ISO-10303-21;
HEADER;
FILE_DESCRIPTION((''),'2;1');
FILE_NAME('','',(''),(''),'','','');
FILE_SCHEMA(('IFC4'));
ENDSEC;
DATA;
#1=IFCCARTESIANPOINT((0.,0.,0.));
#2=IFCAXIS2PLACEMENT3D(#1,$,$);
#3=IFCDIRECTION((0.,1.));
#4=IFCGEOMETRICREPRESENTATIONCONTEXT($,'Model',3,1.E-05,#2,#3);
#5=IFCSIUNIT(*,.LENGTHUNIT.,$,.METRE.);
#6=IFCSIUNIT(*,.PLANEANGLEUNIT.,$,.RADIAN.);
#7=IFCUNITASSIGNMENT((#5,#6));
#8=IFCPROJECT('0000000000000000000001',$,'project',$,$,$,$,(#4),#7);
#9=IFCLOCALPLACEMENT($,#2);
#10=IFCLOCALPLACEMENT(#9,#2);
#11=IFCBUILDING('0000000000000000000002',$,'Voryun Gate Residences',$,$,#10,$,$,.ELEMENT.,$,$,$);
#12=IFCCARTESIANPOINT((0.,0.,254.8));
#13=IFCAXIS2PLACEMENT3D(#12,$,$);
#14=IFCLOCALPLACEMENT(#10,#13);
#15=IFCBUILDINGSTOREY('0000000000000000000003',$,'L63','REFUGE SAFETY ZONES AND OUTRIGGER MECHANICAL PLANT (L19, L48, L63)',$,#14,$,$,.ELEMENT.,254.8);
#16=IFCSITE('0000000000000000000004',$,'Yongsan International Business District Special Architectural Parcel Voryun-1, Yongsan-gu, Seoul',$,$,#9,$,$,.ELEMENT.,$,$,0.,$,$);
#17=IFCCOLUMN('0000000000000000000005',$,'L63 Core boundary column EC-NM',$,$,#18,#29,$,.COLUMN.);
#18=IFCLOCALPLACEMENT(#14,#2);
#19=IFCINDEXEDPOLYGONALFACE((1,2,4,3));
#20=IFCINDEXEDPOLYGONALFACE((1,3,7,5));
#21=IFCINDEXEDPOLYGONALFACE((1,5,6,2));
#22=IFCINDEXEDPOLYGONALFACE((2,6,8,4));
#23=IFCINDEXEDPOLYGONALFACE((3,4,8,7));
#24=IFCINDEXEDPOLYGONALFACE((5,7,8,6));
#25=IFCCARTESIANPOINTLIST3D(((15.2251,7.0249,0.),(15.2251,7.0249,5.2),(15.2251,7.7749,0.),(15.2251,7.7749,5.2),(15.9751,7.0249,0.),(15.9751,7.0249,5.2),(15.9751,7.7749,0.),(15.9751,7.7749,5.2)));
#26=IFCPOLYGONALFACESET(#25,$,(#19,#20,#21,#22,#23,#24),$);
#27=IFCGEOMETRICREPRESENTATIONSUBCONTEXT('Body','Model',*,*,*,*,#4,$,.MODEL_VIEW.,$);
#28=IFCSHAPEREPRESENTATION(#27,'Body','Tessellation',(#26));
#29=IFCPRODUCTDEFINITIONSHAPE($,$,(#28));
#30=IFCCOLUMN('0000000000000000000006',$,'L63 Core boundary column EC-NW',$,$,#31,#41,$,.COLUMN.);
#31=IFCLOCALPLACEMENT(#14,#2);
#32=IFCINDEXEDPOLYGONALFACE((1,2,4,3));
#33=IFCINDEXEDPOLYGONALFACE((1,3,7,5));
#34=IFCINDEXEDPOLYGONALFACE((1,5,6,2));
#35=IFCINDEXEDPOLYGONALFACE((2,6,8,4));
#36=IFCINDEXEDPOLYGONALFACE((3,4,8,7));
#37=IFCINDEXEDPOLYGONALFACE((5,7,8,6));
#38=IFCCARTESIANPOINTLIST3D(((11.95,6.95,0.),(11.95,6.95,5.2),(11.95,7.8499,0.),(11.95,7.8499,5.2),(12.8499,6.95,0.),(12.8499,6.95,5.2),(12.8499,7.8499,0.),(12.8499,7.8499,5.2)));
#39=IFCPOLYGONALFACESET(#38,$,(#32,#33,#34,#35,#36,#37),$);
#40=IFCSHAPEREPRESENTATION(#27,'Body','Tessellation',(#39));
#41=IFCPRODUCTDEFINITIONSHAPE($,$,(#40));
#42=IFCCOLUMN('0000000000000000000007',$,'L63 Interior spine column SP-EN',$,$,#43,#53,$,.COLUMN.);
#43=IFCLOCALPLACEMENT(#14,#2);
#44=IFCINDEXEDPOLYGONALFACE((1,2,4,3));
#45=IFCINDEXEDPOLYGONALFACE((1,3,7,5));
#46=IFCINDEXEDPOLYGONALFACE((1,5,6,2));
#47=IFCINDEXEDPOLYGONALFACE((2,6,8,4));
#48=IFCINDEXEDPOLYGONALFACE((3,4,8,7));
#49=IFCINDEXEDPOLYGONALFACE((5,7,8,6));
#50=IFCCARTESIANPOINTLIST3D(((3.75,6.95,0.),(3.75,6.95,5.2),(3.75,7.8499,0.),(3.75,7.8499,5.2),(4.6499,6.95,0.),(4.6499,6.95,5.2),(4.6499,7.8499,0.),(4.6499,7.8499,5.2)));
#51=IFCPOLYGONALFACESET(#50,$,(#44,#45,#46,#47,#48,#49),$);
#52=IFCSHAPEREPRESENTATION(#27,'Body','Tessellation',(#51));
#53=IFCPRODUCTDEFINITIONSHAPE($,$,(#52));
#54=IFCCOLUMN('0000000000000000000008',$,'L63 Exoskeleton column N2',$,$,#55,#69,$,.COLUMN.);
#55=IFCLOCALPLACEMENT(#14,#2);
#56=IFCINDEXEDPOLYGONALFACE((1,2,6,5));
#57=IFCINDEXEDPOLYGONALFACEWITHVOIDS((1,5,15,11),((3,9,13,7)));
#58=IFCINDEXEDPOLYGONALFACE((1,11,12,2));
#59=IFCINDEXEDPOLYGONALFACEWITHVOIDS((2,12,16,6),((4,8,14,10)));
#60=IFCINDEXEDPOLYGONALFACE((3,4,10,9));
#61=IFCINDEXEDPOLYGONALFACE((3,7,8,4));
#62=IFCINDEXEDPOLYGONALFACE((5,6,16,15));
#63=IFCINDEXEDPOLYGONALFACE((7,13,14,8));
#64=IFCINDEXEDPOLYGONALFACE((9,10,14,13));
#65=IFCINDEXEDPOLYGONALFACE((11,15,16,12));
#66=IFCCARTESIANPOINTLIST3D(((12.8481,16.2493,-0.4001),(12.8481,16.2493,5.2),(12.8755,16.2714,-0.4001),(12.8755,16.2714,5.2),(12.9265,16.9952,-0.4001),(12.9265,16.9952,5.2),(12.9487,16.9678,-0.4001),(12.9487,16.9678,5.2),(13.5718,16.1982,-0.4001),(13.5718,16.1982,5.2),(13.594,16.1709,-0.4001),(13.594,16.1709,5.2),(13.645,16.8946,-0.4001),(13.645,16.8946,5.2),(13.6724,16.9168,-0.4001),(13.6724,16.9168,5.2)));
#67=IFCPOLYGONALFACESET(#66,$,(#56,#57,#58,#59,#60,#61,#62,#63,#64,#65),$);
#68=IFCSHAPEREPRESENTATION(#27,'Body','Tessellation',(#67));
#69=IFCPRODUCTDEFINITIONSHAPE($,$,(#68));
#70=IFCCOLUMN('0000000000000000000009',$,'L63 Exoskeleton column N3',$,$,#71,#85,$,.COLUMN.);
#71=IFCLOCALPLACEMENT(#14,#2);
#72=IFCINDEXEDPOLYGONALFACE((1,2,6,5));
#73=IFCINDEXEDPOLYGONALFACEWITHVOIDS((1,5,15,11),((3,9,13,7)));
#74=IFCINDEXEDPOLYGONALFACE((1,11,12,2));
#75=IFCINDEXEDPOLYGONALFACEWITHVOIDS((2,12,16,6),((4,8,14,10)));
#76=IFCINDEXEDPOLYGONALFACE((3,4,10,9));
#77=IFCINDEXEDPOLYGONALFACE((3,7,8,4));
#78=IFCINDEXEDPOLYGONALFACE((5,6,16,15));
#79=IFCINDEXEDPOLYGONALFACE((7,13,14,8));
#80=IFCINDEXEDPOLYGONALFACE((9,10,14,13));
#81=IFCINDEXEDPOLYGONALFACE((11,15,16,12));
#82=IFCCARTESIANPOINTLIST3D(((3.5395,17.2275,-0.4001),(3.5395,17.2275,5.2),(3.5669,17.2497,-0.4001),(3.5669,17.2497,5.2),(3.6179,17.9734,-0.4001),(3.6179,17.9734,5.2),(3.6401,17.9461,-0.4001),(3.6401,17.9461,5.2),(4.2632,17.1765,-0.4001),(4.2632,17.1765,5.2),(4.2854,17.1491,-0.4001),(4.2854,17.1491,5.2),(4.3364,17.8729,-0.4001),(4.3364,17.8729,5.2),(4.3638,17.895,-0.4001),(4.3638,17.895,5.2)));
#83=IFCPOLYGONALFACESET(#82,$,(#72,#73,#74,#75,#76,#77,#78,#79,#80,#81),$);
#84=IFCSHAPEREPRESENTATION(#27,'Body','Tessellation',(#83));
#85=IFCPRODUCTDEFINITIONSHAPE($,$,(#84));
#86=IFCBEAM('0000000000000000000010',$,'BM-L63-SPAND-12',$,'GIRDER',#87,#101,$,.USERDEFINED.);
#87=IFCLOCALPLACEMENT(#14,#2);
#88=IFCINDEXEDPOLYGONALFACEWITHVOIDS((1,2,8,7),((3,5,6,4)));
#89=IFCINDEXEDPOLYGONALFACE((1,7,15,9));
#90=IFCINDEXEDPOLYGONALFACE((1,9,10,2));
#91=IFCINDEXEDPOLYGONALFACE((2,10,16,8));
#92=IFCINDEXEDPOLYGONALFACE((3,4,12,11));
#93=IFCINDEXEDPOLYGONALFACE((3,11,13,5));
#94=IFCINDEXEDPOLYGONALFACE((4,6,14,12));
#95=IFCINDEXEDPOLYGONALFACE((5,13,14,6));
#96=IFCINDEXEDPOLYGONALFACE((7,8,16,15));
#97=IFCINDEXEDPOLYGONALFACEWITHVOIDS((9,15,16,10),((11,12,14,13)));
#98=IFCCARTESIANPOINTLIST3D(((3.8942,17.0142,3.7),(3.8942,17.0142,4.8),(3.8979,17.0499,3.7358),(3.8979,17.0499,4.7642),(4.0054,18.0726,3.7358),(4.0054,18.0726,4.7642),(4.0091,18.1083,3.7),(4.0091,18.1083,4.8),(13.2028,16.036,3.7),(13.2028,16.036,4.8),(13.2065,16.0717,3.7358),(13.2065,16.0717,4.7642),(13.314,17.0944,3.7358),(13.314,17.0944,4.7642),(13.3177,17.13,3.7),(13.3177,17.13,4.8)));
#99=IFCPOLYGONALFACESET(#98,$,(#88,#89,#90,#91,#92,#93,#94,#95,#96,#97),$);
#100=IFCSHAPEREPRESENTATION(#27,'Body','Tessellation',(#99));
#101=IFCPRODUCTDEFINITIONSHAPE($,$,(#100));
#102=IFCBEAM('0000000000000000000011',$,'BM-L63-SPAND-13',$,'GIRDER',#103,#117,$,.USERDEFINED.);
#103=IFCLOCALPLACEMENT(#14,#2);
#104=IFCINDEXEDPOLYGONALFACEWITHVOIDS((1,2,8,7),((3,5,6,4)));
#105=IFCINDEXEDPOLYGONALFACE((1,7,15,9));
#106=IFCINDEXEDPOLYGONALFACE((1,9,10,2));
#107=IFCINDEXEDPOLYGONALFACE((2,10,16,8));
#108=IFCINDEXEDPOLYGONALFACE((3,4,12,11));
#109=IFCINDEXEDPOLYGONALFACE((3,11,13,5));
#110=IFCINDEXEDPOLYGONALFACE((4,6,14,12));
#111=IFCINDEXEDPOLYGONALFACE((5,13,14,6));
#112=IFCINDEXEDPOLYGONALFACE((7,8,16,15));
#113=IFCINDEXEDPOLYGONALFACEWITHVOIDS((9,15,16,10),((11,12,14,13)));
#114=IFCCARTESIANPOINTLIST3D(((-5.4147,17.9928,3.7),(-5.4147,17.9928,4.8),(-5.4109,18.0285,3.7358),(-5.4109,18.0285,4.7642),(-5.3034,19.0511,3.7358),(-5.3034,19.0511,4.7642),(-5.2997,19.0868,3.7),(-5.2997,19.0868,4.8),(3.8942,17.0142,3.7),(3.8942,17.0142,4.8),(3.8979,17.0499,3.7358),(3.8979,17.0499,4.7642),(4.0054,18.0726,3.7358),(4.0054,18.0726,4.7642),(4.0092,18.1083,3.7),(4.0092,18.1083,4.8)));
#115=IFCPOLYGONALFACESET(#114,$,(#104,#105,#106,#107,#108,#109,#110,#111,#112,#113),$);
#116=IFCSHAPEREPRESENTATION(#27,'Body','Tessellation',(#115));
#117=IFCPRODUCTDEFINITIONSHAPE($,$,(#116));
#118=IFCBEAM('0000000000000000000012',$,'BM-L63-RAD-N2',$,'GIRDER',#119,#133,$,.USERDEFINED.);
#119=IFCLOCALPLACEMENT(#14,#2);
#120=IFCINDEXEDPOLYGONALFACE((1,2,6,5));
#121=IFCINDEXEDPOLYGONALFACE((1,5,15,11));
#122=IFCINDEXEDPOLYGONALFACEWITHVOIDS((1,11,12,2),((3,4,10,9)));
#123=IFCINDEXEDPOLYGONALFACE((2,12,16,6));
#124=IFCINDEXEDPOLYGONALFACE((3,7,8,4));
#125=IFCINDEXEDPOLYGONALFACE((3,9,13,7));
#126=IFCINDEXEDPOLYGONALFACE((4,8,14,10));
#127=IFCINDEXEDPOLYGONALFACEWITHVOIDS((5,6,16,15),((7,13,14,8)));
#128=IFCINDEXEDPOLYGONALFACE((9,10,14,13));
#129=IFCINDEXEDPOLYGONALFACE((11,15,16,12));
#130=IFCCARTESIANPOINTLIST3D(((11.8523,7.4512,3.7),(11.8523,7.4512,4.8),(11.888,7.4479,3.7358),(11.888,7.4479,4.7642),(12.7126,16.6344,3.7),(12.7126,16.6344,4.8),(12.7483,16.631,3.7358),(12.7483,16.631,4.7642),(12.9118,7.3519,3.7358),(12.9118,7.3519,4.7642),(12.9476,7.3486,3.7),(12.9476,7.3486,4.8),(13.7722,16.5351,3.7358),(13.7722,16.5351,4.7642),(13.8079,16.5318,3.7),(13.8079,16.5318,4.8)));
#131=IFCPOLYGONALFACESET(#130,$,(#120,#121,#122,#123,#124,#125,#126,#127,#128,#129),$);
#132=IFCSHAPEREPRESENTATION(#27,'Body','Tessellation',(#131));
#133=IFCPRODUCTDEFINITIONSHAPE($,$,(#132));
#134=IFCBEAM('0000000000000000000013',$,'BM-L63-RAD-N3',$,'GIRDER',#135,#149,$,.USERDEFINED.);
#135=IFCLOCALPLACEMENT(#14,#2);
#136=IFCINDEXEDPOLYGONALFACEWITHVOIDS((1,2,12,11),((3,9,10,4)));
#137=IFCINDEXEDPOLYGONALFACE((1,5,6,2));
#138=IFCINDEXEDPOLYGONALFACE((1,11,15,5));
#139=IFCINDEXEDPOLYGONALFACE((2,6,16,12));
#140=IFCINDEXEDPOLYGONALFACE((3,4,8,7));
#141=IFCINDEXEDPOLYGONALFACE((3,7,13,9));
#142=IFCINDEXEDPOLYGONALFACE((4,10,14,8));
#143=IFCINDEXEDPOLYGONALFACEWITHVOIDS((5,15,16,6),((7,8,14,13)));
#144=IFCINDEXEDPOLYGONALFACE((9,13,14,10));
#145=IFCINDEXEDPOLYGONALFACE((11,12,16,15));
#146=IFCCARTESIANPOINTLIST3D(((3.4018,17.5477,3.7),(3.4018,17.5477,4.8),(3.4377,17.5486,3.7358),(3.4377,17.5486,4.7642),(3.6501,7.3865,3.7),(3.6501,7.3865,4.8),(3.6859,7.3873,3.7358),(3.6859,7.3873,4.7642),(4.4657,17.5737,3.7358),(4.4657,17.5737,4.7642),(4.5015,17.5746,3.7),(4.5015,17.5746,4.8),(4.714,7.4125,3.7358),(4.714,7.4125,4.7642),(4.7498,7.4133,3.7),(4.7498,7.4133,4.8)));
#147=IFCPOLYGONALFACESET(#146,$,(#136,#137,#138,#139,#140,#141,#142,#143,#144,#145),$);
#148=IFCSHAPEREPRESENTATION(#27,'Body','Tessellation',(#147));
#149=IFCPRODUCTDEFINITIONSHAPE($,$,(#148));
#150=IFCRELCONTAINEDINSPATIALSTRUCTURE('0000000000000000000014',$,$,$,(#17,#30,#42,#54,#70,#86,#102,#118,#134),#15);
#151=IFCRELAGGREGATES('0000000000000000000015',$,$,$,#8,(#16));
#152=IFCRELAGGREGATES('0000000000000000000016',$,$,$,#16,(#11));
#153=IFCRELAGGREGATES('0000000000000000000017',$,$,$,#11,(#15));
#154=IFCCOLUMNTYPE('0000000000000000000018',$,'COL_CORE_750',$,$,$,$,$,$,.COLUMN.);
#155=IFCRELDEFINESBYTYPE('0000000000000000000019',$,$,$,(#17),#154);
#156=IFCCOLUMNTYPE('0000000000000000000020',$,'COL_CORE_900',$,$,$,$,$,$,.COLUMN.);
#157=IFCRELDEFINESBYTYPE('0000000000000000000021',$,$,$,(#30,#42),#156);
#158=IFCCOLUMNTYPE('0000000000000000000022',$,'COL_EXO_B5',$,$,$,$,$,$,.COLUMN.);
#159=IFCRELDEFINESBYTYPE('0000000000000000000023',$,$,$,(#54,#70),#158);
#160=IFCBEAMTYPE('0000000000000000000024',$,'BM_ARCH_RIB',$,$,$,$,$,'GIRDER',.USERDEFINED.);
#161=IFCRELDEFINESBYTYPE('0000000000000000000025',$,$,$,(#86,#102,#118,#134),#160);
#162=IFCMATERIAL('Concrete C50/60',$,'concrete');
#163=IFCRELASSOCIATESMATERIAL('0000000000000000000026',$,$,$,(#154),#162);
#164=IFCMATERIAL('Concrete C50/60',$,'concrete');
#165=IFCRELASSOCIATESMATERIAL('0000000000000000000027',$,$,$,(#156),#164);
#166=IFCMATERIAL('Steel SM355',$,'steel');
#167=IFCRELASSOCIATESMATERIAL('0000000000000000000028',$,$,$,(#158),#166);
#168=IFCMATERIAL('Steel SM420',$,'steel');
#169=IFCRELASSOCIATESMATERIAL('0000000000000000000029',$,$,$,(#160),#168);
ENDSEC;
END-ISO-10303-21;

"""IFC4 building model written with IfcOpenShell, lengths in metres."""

from ifc_helpers import new_model, si_unit, direction, frame, origin, origin_2d, place, context, subcontext, project, spatial, rectangle, hollow_rectangle, extrude, material, material_profile, profile_set, type_object, element, save


model = new_model("IFC4")

# Units and contexts
model_context = context("Model", 3, precision=1e-05, world=origin(), true_north=direction((0.0, 1.0)))
body_context = subcontext(model_context, "Body", "Model", "MODEL_VIEW")
ifc_project = project(units=[si_unit("LENGTHUNIT", "METRE"), si_unit("PLANEANGLEUNIT", "RADIAN")], contexts=[model_context])

# Site, building, storey
site_placement = place(None, origin())
site = spatial("IfcSite", under=ifc_project, at=site_placement, Name="Yongsan International Business District Special Architectural Parcel Voryun-1, Yongsan-gu, Seoul", CompositionType="ELEMENT", RefElevation=0.0)
building_placement = place(site_placement, origin())
building = spatial("IfcBuilding", under=site, at=building_placement, Name="Voryun Gate Residences", CompositionType="ELEMENT")
storey_placement = place(building_placement, frame((0.0, 0.0, 254.8)))
storey = spatial("IfcBuildingStorey", under=building, at=storey_placement, Name="L63", Description="REFUGE SAFETY ZONES AND OUTRIGGER MECHANICAL PLANT (L19, L48, L63)", CompositionType="ELEMENT", Elevation=254.8)

# Columns
ifc_material_1 = material(Name="Concrete C50/60", Category="concrete")
ifc_material_profile_1 = material_profile(ifc_material_1, rectangle(XDim=0.75, YDim=0.75, at=origin_2d()), Name="RC-750x750")
ifc_profile_set_1 = profile_set([ifc_material_profile_1], Name="Concrete C50/60")
column_type_1 = type_object("IfcColumnType", Name="COL_CORE_750", PredefinedType="COLUMN", material=ifc_profile_set_1)
column_placement = place(storey_placement, frame((15.6001, 7.3999, 0.0), z_axis=(0.0, 0.0, 1.0), x_axis=(1.0, 0.0, 0.0)))
element("IfcColumn", 1, at=column_placement, inside=storey, type_object=column_type_1, Name="L63 Core boundary column EC-NM", PredefinedType="COLUMN", context=body_context, shape_type="SweptSolid", body=[
    extrude(rectangle(XDim=0.75, YDim=0.75, at=origin_2d()), origin(), (0.0, 0.0, 1.0), 5.2),
])
ifc_material_2 = material(Name="Concrete C50/60", Category="concrete")
ifc_material_profile_2 = material_profile(ifc_material_2, rectangle(XDim=0.8999, YDim=0.8999, at=origin_2d()), Name="RC-900x900")
ifc_profile_set_2 = profile_set([ifc_material_profile_2], Name="Concrete C50/60")
column_type_2 = type_object("IfcColumnType", Name="COL_CORE_900", PredefinedType="COLUMN", material=ifc_profile_set_2)
for number, where, z_axis, x_axis, name in (
    (2, (12.3999, 7.3999, 0.0), (0.0, 0.0, 1.0), (1.0, 0.0, 0.0), "L63 Core boundary column EC-NW"),
    (3, (4.2, 7.3999, 0.0), (0.0, 0.0, 1.0), (1.0, 0.0, 0.0), "L63 Interior spine column SP-EN"),
):
    element("IfcColumn", number, at=place(storey_placement, frame(where, z_axis=z_axis, x_axis=x_axis)), inside=storey, type_object=column_type_2, Name=name, PredefinedType="COLUMN", context=body_context, shape_type="SweptSolid", body=[
        extrude(rectangle(XDim=0.8999, YDim=0.8999, at=origin_2d()), origin(), (0.0, 0.0, 1.0), 5.2),
    ])
ifc_material_3 = material(Name="Steel SM355", Category="steel")
ifc_material_profile_3 = material_profile(ifc_material_3, hollow_rectangle(XDim=0.75, YDim=0.75, WallThickness=0.0249, at=origin_2d()), Name="BOX-750x750x25")
ifc_profile_set_3 = profile_set([ifc_material_profile_3], Name="Steel SM355")
column_type_3 = type_object("IfcColumnType", Name="COL_EXO_B5", PredefinedType="COLUMN", material=ifc_profile_set_3)
for number, where, z_axis, x_axis, name in (
    (4, (13.2603, 16.583, -0.4001), (0.0, 0.0, 1.0), (0.994522, -0.104528, 0.0), "L63 Exoskeleton column N2"),
    (5, (3.9517, 17.5613, -0.4001), (0.0, 0.0, 1.0), (0.994522, -0.104528, 0.0), "L63 Exoskeleton column N3"),
):
    element("IfcColumn", number, at=place(storey_placement, frame(where, z_axis=z_axis, x_axis=x_axis)), inside=storey, type_object=column_type_3, Name=name, PredefinedType="COLUMN", context=body_context, shape_type="SweptSolid", body=[
        extrude(hollow_rectangle(XDim=0.75, YDim=0.75, WallThickness=0.0249, at=origin_2d()), origin(), (0.0, 0.0, 1.0), 5.6001),
    ])

# Beams
ifc_material_4 = material(Name="Steel SM420", Category="steel")
ifc_material_profile_4 = material_profile(ifc_material_4, hollow_rectangle(XDim=1.1001, YDim=1.1001, WallThickness=0.0359, at=origin_2d()), Name="BOX-1100x1100x36")
ifc_profile_set_4 = profile_set([ifc_material_profile_4], Name="Steel SM420")
beam_type_1 = type_object("IfcBeamType", Name="BM_ARCH_RIB", ElementType="GIRDER", PredefinedType="USERDEFINED", material=ifc_profile_set_4)
beam_1_placement = place(storey_placement, frame((13.2603, 16.583, 4.25), z_axis=(-0.994523, 0.104518, 0.0), x_axis=(-0.104518, -0.994523, 0.0)))
element("IfcBeam", 6, at=beam_1_placement, inside=storey, type_object=beam_type_1, Name="BM-L63-SPAND-12", ObjectType="GIRDER", PredefinedType="USERDEFINED", context=body_context, shape_type="SweptSolid", body=[
    extrude(hollow_rectangle(XDim=1.1001, YDim=1.1001, WallThickness=0.0359, at=origin_2d()), origin(), (0.0, 0.0, 1.0), 9.3599),
])
beam_2_placement = place(storey_placement, frame((3.9517, 17.5613, 4.25), z_axis=(-0.994521, 0.104541, 0.0), x_axis=(-0.104541, -0.994521, 0.0)))
element("IfcBeam", 7, at=beam_2_placement, inside=storey, type_object=beam_type_1, Name="BM-L63-SPAND-13", ObjectType="GIRDER", PredefinedType="USERDEFINED", context=body_context, shape_type="SweptSolid", body=[
    extrude(hollow_rectangle(XDim=1.1001, YDim=1.1001, WallThickness=0.0359, at=origin_2d()), origin(), (0.0, 0.0, 1.0), 9.3601),
])
beam_3_placement = place(storey_placement, frame((12.3999, 7.3999, 4.25), z_axis=(0.09328, 0.99564, 0.0), x_axis=(-0.99564, 0.09328, 0.0)))
element("IfcBeam", 8, at=beam_3_placement, inside=storey, type_object=beam_type_1, Name="BM-L63-RAD-N2", ObjectType="GIRDER", PredefinedType="USERDEFINED", context=body_context, shape_type="SweptSolid", body=[
    extrude(hollow_rectangle(XDim=1.1001, YDim=1.1001, WallThickness=0.0359, at=origin_2d()), origin(), (0.0, 0.0, 1.0), 9.2234),
])
beam_4_placement = place(storey_placement, frame((4.2, 7.3999, 4.25), z_axis=(-0.024427, 0.999702, 0.0), x_axis=(-0.999702, -0.024427, 0.0)))
element("IfcBeam", 9, at=beam_4_placement, inside=storey, type_object=beam_type_1, Name="BM-L63-RAD-N3", ObjectType="GIRDER", PredefinedType="USERDEFINED", context=body_context, shape_type="SweptSolid", body=[
    extrude(hollow_rectangle(XDim=1.1001, YDim=1.1001, WallThickness=0.0359, at=origin_2d()), origin(), (0.0, 0.0, 1.0), 10.1643),
])

save(model, "model.ifc")
